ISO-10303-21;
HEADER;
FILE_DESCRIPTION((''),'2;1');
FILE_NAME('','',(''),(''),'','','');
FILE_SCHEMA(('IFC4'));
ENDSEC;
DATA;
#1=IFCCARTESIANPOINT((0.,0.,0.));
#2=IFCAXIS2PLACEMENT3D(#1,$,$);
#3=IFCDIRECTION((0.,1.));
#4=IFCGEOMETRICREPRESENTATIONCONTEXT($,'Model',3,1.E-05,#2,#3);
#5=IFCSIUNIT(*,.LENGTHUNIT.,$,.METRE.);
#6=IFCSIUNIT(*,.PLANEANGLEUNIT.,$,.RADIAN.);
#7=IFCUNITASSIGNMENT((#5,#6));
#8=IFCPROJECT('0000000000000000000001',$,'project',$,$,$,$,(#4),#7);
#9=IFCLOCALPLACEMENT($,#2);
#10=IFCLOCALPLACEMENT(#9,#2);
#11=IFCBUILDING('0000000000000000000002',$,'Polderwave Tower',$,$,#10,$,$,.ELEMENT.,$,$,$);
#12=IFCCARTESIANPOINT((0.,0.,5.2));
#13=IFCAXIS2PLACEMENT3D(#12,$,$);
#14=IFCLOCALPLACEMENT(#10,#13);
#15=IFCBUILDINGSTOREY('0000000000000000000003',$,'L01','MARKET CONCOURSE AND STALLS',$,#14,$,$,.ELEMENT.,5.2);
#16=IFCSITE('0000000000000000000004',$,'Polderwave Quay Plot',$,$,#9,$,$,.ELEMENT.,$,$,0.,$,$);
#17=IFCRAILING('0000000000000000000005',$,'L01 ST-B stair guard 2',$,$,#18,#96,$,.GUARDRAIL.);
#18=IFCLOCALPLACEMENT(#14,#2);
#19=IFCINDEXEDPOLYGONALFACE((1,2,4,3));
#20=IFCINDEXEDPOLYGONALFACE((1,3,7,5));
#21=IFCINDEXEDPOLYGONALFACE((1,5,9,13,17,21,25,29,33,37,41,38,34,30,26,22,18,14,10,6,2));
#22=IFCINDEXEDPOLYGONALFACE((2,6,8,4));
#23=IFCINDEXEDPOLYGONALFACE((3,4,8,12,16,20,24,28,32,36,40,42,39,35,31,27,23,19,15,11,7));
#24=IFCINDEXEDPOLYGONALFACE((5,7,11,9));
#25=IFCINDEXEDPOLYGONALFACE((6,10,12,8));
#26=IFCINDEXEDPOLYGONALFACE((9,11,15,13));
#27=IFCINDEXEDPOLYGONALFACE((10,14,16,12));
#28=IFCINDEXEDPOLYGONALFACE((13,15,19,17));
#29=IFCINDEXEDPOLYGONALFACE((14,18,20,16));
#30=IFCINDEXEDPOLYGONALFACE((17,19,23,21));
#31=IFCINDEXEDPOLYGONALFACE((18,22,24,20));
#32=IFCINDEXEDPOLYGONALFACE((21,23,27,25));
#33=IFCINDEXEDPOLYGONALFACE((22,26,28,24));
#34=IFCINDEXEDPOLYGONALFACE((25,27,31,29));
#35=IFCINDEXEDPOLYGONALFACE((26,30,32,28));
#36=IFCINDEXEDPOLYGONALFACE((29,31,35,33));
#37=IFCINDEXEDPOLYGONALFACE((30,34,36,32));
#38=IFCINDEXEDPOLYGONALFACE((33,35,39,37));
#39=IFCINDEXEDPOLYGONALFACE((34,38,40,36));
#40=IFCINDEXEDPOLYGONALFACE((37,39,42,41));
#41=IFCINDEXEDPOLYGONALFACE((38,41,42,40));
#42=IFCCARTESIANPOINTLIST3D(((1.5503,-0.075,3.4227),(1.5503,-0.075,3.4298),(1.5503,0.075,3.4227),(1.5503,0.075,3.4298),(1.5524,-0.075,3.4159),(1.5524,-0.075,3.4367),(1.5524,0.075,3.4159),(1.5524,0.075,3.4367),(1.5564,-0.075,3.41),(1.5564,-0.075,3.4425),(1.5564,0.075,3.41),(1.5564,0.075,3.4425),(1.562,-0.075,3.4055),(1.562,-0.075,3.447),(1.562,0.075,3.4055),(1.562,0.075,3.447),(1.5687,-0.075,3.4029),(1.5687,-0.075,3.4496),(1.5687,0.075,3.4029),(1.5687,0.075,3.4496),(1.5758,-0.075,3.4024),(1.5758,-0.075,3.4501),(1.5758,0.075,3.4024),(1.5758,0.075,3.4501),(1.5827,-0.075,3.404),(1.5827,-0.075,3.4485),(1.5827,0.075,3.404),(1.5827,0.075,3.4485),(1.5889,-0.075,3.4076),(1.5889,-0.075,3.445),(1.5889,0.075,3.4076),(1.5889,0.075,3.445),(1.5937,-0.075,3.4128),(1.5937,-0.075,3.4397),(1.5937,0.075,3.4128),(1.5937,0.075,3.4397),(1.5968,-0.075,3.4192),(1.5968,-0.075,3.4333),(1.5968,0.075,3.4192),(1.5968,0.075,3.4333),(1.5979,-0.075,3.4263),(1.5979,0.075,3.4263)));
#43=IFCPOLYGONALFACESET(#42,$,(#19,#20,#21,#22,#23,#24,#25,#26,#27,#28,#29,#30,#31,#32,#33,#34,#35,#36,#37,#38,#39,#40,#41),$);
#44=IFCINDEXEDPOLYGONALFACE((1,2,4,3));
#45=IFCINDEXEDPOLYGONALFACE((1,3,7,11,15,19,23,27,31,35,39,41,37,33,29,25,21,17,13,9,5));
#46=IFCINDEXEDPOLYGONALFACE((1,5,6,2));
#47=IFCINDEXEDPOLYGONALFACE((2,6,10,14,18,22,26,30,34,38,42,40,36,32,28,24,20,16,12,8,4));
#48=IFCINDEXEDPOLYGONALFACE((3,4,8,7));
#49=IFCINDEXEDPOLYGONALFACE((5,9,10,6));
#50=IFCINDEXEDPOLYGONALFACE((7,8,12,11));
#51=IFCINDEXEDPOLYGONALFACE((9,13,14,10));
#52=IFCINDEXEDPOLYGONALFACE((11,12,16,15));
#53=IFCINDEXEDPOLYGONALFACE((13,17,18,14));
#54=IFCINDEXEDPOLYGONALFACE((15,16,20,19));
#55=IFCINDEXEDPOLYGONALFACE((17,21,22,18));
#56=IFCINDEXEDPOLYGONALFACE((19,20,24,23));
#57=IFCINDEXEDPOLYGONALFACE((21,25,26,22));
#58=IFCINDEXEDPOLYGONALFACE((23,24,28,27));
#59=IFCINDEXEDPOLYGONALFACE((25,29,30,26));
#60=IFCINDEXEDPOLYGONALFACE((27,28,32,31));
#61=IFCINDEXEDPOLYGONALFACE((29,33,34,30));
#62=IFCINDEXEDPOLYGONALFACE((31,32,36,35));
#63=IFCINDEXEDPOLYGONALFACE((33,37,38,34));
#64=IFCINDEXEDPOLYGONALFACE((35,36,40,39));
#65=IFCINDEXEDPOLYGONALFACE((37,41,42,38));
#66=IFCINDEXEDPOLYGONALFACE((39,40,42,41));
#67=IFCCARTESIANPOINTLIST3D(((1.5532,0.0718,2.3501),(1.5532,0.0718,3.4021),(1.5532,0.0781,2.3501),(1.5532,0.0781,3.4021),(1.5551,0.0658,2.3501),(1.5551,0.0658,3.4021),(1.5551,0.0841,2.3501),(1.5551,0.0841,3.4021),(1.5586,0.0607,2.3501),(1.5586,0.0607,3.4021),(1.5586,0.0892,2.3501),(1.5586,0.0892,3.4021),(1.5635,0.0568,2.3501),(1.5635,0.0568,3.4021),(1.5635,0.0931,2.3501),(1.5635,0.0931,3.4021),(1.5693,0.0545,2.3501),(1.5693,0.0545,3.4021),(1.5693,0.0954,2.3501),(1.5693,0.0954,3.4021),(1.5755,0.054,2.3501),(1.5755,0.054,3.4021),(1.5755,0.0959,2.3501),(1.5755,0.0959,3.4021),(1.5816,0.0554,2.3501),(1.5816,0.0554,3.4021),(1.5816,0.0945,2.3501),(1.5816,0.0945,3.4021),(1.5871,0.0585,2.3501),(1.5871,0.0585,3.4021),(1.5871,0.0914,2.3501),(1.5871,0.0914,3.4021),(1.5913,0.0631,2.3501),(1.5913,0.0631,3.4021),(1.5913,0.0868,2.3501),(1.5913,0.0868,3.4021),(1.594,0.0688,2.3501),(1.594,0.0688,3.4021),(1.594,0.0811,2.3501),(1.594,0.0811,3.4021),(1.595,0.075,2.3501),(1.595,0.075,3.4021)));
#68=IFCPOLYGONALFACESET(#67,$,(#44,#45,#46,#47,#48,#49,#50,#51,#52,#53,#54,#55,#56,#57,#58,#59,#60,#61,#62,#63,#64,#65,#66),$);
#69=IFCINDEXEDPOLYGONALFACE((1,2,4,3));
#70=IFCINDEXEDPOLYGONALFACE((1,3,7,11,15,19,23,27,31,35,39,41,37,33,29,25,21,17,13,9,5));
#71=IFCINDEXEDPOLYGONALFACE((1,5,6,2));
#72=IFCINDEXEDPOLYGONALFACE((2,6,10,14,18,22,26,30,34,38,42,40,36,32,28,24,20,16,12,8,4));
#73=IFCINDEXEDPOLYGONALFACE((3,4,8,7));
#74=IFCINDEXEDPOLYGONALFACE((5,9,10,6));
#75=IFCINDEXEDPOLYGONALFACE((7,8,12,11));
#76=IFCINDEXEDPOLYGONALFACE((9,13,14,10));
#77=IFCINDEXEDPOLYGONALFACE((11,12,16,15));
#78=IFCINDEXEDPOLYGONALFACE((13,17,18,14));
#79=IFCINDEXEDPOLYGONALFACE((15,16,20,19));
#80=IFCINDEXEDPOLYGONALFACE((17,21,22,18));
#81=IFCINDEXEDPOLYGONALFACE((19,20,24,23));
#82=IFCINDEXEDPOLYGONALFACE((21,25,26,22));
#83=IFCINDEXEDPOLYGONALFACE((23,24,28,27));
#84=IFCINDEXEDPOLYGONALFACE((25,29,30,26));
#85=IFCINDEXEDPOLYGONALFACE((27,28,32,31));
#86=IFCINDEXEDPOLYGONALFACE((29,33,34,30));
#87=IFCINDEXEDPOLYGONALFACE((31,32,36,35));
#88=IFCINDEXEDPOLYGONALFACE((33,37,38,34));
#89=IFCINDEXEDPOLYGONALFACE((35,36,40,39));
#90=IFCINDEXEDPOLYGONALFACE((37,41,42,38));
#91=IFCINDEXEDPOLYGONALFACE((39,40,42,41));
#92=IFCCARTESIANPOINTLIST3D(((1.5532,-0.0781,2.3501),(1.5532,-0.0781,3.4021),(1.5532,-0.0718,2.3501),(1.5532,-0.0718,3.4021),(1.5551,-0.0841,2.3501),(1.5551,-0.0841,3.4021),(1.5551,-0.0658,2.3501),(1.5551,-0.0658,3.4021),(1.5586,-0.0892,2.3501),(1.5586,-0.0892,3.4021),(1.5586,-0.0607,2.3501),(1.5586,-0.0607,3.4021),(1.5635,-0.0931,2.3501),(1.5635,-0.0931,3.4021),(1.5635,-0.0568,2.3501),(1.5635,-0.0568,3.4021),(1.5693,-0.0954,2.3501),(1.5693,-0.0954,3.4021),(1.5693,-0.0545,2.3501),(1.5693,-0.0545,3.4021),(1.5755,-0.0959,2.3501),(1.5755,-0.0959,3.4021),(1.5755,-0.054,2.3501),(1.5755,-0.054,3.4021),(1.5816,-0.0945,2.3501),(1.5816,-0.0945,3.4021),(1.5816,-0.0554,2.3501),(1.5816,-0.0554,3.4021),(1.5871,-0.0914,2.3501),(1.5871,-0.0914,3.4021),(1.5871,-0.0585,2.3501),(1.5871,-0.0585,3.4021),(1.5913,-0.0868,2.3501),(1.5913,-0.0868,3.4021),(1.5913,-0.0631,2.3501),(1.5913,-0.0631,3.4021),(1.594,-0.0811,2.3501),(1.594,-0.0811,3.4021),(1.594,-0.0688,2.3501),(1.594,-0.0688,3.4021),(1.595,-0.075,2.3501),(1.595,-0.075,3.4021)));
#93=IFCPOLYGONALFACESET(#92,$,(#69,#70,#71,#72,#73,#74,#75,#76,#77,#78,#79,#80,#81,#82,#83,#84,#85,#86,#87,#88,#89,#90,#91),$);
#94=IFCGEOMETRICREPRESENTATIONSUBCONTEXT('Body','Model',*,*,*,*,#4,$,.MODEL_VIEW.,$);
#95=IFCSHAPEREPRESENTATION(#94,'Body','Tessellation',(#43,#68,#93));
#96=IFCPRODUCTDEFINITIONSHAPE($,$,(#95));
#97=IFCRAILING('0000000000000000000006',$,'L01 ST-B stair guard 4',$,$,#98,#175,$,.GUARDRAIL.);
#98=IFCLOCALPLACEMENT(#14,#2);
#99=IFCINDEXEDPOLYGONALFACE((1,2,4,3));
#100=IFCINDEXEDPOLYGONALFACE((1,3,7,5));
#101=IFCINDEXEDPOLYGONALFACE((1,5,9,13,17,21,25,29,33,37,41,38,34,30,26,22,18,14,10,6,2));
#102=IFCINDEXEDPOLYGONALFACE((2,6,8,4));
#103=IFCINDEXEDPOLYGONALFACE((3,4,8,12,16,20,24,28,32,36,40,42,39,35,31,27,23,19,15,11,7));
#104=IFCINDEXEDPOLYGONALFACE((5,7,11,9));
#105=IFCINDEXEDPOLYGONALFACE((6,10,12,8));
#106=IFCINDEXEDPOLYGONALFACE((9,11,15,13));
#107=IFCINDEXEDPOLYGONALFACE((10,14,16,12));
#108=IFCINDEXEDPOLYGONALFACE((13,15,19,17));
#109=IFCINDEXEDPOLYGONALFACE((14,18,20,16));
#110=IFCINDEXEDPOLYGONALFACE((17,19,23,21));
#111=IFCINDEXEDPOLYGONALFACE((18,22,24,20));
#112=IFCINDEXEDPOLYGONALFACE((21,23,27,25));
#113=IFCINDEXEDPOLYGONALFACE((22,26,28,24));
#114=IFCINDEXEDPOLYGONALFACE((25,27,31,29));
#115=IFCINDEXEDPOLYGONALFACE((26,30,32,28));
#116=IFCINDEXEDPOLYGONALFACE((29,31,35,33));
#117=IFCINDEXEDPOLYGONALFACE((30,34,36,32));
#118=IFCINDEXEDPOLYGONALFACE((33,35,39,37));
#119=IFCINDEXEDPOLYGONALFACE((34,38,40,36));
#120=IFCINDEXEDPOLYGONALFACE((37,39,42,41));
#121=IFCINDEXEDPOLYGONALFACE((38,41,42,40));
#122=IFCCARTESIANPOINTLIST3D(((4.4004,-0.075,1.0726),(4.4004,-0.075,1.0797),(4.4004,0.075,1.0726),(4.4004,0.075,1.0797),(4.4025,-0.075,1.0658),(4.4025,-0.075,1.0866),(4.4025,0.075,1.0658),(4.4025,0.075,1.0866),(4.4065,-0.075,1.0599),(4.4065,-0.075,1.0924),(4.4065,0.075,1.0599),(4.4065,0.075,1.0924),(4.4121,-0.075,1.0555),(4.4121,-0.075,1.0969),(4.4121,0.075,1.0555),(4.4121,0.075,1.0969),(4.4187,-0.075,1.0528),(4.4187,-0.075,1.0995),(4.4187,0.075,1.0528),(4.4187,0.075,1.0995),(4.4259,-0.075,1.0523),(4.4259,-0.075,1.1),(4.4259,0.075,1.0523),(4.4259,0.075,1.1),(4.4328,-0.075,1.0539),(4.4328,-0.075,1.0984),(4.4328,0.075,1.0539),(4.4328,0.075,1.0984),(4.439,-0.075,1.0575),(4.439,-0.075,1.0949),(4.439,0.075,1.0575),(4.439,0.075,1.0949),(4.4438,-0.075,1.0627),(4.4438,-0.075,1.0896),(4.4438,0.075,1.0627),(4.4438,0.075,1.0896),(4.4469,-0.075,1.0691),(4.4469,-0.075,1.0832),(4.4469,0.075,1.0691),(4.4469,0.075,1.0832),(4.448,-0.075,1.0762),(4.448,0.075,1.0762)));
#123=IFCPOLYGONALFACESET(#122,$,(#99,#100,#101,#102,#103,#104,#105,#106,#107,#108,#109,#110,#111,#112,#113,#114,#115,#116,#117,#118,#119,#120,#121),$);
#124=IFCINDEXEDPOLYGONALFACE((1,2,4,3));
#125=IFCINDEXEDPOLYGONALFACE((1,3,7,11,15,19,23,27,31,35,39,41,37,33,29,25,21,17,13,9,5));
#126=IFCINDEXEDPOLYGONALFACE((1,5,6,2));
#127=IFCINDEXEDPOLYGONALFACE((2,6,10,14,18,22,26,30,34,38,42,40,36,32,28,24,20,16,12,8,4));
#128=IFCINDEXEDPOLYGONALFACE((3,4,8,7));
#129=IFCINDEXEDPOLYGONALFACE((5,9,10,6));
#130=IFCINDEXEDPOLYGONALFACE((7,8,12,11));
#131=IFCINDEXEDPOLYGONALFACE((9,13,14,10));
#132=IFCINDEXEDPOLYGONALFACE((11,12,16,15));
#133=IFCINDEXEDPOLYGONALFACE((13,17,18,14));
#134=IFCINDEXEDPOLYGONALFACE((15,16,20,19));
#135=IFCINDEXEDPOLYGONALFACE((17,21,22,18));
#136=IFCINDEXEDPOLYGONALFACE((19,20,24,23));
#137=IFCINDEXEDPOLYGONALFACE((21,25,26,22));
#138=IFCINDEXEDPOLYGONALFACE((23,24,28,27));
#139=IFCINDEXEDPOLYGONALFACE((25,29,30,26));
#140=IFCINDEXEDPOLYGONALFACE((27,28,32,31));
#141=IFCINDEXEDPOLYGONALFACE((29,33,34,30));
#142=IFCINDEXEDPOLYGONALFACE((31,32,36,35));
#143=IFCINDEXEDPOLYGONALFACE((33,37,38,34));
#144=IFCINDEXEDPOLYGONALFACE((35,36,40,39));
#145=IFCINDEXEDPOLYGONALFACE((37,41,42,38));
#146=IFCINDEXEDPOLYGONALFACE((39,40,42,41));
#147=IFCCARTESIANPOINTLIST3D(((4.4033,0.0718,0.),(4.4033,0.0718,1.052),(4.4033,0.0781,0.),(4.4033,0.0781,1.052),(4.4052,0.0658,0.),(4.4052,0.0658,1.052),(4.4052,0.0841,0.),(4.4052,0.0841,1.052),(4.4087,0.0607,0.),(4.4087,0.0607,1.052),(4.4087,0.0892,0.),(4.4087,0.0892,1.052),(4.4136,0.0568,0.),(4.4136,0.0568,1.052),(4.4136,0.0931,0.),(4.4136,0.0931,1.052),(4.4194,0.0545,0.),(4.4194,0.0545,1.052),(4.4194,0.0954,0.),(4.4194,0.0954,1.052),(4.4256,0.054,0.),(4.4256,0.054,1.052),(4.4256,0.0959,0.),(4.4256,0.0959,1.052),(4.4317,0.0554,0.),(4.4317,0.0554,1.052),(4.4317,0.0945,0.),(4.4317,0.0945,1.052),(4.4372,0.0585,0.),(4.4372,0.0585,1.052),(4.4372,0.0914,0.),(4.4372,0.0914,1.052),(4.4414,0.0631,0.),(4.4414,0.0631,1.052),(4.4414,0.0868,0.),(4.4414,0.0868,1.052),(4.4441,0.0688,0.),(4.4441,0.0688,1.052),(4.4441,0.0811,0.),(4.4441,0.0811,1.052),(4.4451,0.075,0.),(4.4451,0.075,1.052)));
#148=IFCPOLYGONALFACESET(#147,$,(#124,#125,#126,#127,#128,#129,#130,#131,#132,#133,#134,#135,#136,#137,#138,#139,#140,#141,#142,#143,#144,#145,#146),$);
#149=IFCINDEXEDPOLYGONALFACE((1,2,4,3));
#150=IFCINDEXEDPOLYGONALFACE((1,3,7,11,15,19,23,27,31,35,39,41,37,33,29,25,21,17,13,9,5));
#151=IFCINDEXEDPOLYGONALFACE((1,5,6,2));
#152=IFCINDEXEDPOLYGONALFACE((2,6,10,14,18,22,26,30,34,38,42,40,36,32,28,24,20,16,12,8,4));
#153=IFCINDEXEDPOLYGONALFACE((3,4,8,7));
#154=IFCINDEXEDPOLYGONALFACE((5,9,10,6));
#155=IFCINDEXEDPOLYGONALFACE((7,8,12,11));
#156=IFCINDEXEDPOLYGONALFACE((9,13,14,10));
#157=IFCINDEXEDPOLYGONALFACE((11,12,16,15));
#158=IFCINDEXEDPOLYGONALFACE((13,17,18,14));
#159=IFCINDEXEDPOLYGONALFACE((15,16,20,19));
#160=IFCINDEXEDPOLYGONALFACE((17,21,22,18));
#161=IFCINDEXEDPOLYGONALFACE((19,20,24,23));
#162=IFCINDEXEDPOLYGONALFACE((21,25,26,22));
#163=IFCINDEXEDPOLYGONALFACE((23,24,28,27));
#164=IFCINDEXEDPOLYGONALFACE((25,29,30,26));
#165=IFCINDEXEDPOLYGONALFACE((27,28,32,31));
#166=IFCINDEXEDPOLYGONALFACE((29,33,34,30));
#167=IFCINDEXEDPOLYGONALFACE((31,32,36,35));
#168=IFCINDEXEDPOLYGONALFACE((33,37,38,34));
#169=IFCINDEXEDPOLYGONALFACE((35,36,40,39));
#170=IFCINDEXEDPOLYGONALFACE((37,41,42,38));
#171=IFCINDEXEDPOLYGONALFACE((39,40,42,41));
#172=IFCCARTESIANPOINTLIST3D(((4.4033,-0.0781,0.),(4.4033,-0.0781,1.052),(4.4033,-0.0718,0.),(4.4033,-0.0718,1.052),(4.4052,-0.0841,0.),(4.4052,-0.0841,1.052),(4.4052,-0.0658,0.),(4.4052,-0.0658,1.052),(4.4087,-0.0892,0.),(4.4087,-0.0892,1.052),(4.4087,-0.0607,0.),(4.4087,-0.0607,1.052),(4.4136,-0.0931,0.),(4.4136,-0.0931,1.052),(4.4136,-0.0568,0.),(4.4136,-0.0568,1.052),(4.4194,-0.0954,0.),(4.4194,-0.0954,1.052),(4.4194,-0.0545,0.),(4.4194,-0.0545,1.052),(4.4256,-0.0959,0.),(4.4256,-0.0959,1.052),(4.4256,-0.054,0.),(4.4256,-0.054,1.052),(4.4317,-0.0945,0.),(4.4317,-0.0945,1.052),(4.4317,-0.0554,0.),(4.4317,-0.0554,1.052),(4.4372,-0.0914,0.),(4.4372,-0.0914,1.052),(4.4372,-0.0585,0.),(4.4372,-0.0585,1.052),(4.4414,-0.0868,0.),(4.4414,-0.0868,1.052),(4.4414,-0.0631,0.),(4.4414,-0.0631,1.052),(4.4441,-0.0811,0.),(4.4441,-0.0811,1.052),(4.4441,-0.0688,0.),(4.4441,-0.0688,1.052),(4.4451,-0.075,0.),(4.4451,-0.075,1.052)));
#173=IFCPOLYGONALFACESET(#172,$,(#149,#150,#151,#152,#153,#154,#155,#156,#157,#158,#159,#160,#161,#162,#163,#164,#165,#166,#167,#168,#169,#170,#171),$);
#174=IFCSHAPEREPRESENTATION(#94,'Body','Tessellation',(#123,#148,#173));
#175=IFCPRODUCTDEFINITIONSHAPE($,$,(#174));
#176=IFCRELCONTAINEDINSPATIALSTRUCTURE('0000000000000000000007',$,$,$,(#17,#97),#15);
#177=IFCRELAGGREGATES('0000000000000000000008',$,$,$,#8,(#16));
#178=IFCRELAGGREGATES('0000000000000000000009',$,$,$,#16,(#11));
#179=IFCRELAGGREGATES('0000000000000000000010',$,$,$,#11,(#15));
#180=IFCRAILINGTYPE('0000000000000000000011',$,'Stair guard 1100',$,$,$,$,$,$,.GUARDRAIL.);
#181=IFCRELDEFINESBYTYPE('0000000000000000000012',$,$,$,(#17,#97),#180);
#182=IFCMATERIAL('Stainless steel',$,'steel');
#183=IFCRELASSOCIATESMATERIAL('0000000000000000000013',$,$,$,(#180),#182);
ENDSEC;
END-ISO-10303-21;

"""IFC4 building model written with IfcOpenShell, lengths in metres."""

from ifc_helpers import new_model, si_unit, direction, frame, origin, origin_2d, place, context, subcontext, project, spatial, circle, extrude, material, type_object, element, save


model = new_model("IFC4")

# Units and contexts
model_context = context("Model", 3, precision=1e-05, world=origin(), true_north=direction((0.0, 1.0)))
body_context = subcontext(model_context, "Body", "Model", "MODEL_VIEW")
ifc_project = project(units=[si_unit("LENGTHUNIT", "METRE"), si_unit("PLANEANGLEUNIT", "RADIAN")], contexts=[model_context])

# Site, building, storey
site_placement = place(None, origin())
site = spatial("IfcSite", under=ifc_project, at=site_placement, Name="Polderwave Quay Plot", CompositionType="ELEMENT", RefElevation=0.0)
building_placement = place(site_placement, origin())
building = spatial("IfcBuilding", under=site, at=building_placement, Name="Polderwave Tower", CompositionType="ELEMENT")
storey_placement = place(building_placement, frame((0.0, 0.0, 5.2)))
storey = spatial("IfcBuildingStorey", under=building, at=storey_placement, Name="L01", Description="MARKET CONCOURSE AND STALLS", CompositionType="ELEMENT", Elevation=5.2)

# Railings
ifc_material_1 = material(Name="Stainless steel", Category="steel")
railing_type_1 = type_object("IfcRailingType", Name="Stair guard 1100", PredefinedType="GUARDRAIL", material=ifc_material_1)
for number, where, name in (
    (1, (1.574, 0.075, 2.3501), "L01 ST-B stair guard 2"),
    (2, (4.4241, 0.075, 0.0), "L01 ST-B stair guard 4"),
):
    element("IfcRailing", number, at=place(storey_placement, frame(where)), inside=storey, type_object=railing_type_1, Name=name, PredefinedType="GUARDRAIL", context=body_context, shape_type="SweptSolid", body=[
        extrude(circle(Radius=0.0239, at=origin_2d()), frame((0.0, 0.0, 1.0762), z_axis=(0.0, -1.0, 0.0), x_axis=(1.0, 0.0, 0.0)), (0.0, 0.0, 1.0), 0.1499),
        extrude(circle(Radius=0.021, at=origin_2d()), origin(), (0.0, 0.0, 1.0), 1.052),
        extrude(circle(Radius=0.021, at=origin_2d()), frame((0.0, -0.1499, 0.0)), (0.0, 0.0, 1.0), 1.052),
    ])

save(model, "model.ifc")
